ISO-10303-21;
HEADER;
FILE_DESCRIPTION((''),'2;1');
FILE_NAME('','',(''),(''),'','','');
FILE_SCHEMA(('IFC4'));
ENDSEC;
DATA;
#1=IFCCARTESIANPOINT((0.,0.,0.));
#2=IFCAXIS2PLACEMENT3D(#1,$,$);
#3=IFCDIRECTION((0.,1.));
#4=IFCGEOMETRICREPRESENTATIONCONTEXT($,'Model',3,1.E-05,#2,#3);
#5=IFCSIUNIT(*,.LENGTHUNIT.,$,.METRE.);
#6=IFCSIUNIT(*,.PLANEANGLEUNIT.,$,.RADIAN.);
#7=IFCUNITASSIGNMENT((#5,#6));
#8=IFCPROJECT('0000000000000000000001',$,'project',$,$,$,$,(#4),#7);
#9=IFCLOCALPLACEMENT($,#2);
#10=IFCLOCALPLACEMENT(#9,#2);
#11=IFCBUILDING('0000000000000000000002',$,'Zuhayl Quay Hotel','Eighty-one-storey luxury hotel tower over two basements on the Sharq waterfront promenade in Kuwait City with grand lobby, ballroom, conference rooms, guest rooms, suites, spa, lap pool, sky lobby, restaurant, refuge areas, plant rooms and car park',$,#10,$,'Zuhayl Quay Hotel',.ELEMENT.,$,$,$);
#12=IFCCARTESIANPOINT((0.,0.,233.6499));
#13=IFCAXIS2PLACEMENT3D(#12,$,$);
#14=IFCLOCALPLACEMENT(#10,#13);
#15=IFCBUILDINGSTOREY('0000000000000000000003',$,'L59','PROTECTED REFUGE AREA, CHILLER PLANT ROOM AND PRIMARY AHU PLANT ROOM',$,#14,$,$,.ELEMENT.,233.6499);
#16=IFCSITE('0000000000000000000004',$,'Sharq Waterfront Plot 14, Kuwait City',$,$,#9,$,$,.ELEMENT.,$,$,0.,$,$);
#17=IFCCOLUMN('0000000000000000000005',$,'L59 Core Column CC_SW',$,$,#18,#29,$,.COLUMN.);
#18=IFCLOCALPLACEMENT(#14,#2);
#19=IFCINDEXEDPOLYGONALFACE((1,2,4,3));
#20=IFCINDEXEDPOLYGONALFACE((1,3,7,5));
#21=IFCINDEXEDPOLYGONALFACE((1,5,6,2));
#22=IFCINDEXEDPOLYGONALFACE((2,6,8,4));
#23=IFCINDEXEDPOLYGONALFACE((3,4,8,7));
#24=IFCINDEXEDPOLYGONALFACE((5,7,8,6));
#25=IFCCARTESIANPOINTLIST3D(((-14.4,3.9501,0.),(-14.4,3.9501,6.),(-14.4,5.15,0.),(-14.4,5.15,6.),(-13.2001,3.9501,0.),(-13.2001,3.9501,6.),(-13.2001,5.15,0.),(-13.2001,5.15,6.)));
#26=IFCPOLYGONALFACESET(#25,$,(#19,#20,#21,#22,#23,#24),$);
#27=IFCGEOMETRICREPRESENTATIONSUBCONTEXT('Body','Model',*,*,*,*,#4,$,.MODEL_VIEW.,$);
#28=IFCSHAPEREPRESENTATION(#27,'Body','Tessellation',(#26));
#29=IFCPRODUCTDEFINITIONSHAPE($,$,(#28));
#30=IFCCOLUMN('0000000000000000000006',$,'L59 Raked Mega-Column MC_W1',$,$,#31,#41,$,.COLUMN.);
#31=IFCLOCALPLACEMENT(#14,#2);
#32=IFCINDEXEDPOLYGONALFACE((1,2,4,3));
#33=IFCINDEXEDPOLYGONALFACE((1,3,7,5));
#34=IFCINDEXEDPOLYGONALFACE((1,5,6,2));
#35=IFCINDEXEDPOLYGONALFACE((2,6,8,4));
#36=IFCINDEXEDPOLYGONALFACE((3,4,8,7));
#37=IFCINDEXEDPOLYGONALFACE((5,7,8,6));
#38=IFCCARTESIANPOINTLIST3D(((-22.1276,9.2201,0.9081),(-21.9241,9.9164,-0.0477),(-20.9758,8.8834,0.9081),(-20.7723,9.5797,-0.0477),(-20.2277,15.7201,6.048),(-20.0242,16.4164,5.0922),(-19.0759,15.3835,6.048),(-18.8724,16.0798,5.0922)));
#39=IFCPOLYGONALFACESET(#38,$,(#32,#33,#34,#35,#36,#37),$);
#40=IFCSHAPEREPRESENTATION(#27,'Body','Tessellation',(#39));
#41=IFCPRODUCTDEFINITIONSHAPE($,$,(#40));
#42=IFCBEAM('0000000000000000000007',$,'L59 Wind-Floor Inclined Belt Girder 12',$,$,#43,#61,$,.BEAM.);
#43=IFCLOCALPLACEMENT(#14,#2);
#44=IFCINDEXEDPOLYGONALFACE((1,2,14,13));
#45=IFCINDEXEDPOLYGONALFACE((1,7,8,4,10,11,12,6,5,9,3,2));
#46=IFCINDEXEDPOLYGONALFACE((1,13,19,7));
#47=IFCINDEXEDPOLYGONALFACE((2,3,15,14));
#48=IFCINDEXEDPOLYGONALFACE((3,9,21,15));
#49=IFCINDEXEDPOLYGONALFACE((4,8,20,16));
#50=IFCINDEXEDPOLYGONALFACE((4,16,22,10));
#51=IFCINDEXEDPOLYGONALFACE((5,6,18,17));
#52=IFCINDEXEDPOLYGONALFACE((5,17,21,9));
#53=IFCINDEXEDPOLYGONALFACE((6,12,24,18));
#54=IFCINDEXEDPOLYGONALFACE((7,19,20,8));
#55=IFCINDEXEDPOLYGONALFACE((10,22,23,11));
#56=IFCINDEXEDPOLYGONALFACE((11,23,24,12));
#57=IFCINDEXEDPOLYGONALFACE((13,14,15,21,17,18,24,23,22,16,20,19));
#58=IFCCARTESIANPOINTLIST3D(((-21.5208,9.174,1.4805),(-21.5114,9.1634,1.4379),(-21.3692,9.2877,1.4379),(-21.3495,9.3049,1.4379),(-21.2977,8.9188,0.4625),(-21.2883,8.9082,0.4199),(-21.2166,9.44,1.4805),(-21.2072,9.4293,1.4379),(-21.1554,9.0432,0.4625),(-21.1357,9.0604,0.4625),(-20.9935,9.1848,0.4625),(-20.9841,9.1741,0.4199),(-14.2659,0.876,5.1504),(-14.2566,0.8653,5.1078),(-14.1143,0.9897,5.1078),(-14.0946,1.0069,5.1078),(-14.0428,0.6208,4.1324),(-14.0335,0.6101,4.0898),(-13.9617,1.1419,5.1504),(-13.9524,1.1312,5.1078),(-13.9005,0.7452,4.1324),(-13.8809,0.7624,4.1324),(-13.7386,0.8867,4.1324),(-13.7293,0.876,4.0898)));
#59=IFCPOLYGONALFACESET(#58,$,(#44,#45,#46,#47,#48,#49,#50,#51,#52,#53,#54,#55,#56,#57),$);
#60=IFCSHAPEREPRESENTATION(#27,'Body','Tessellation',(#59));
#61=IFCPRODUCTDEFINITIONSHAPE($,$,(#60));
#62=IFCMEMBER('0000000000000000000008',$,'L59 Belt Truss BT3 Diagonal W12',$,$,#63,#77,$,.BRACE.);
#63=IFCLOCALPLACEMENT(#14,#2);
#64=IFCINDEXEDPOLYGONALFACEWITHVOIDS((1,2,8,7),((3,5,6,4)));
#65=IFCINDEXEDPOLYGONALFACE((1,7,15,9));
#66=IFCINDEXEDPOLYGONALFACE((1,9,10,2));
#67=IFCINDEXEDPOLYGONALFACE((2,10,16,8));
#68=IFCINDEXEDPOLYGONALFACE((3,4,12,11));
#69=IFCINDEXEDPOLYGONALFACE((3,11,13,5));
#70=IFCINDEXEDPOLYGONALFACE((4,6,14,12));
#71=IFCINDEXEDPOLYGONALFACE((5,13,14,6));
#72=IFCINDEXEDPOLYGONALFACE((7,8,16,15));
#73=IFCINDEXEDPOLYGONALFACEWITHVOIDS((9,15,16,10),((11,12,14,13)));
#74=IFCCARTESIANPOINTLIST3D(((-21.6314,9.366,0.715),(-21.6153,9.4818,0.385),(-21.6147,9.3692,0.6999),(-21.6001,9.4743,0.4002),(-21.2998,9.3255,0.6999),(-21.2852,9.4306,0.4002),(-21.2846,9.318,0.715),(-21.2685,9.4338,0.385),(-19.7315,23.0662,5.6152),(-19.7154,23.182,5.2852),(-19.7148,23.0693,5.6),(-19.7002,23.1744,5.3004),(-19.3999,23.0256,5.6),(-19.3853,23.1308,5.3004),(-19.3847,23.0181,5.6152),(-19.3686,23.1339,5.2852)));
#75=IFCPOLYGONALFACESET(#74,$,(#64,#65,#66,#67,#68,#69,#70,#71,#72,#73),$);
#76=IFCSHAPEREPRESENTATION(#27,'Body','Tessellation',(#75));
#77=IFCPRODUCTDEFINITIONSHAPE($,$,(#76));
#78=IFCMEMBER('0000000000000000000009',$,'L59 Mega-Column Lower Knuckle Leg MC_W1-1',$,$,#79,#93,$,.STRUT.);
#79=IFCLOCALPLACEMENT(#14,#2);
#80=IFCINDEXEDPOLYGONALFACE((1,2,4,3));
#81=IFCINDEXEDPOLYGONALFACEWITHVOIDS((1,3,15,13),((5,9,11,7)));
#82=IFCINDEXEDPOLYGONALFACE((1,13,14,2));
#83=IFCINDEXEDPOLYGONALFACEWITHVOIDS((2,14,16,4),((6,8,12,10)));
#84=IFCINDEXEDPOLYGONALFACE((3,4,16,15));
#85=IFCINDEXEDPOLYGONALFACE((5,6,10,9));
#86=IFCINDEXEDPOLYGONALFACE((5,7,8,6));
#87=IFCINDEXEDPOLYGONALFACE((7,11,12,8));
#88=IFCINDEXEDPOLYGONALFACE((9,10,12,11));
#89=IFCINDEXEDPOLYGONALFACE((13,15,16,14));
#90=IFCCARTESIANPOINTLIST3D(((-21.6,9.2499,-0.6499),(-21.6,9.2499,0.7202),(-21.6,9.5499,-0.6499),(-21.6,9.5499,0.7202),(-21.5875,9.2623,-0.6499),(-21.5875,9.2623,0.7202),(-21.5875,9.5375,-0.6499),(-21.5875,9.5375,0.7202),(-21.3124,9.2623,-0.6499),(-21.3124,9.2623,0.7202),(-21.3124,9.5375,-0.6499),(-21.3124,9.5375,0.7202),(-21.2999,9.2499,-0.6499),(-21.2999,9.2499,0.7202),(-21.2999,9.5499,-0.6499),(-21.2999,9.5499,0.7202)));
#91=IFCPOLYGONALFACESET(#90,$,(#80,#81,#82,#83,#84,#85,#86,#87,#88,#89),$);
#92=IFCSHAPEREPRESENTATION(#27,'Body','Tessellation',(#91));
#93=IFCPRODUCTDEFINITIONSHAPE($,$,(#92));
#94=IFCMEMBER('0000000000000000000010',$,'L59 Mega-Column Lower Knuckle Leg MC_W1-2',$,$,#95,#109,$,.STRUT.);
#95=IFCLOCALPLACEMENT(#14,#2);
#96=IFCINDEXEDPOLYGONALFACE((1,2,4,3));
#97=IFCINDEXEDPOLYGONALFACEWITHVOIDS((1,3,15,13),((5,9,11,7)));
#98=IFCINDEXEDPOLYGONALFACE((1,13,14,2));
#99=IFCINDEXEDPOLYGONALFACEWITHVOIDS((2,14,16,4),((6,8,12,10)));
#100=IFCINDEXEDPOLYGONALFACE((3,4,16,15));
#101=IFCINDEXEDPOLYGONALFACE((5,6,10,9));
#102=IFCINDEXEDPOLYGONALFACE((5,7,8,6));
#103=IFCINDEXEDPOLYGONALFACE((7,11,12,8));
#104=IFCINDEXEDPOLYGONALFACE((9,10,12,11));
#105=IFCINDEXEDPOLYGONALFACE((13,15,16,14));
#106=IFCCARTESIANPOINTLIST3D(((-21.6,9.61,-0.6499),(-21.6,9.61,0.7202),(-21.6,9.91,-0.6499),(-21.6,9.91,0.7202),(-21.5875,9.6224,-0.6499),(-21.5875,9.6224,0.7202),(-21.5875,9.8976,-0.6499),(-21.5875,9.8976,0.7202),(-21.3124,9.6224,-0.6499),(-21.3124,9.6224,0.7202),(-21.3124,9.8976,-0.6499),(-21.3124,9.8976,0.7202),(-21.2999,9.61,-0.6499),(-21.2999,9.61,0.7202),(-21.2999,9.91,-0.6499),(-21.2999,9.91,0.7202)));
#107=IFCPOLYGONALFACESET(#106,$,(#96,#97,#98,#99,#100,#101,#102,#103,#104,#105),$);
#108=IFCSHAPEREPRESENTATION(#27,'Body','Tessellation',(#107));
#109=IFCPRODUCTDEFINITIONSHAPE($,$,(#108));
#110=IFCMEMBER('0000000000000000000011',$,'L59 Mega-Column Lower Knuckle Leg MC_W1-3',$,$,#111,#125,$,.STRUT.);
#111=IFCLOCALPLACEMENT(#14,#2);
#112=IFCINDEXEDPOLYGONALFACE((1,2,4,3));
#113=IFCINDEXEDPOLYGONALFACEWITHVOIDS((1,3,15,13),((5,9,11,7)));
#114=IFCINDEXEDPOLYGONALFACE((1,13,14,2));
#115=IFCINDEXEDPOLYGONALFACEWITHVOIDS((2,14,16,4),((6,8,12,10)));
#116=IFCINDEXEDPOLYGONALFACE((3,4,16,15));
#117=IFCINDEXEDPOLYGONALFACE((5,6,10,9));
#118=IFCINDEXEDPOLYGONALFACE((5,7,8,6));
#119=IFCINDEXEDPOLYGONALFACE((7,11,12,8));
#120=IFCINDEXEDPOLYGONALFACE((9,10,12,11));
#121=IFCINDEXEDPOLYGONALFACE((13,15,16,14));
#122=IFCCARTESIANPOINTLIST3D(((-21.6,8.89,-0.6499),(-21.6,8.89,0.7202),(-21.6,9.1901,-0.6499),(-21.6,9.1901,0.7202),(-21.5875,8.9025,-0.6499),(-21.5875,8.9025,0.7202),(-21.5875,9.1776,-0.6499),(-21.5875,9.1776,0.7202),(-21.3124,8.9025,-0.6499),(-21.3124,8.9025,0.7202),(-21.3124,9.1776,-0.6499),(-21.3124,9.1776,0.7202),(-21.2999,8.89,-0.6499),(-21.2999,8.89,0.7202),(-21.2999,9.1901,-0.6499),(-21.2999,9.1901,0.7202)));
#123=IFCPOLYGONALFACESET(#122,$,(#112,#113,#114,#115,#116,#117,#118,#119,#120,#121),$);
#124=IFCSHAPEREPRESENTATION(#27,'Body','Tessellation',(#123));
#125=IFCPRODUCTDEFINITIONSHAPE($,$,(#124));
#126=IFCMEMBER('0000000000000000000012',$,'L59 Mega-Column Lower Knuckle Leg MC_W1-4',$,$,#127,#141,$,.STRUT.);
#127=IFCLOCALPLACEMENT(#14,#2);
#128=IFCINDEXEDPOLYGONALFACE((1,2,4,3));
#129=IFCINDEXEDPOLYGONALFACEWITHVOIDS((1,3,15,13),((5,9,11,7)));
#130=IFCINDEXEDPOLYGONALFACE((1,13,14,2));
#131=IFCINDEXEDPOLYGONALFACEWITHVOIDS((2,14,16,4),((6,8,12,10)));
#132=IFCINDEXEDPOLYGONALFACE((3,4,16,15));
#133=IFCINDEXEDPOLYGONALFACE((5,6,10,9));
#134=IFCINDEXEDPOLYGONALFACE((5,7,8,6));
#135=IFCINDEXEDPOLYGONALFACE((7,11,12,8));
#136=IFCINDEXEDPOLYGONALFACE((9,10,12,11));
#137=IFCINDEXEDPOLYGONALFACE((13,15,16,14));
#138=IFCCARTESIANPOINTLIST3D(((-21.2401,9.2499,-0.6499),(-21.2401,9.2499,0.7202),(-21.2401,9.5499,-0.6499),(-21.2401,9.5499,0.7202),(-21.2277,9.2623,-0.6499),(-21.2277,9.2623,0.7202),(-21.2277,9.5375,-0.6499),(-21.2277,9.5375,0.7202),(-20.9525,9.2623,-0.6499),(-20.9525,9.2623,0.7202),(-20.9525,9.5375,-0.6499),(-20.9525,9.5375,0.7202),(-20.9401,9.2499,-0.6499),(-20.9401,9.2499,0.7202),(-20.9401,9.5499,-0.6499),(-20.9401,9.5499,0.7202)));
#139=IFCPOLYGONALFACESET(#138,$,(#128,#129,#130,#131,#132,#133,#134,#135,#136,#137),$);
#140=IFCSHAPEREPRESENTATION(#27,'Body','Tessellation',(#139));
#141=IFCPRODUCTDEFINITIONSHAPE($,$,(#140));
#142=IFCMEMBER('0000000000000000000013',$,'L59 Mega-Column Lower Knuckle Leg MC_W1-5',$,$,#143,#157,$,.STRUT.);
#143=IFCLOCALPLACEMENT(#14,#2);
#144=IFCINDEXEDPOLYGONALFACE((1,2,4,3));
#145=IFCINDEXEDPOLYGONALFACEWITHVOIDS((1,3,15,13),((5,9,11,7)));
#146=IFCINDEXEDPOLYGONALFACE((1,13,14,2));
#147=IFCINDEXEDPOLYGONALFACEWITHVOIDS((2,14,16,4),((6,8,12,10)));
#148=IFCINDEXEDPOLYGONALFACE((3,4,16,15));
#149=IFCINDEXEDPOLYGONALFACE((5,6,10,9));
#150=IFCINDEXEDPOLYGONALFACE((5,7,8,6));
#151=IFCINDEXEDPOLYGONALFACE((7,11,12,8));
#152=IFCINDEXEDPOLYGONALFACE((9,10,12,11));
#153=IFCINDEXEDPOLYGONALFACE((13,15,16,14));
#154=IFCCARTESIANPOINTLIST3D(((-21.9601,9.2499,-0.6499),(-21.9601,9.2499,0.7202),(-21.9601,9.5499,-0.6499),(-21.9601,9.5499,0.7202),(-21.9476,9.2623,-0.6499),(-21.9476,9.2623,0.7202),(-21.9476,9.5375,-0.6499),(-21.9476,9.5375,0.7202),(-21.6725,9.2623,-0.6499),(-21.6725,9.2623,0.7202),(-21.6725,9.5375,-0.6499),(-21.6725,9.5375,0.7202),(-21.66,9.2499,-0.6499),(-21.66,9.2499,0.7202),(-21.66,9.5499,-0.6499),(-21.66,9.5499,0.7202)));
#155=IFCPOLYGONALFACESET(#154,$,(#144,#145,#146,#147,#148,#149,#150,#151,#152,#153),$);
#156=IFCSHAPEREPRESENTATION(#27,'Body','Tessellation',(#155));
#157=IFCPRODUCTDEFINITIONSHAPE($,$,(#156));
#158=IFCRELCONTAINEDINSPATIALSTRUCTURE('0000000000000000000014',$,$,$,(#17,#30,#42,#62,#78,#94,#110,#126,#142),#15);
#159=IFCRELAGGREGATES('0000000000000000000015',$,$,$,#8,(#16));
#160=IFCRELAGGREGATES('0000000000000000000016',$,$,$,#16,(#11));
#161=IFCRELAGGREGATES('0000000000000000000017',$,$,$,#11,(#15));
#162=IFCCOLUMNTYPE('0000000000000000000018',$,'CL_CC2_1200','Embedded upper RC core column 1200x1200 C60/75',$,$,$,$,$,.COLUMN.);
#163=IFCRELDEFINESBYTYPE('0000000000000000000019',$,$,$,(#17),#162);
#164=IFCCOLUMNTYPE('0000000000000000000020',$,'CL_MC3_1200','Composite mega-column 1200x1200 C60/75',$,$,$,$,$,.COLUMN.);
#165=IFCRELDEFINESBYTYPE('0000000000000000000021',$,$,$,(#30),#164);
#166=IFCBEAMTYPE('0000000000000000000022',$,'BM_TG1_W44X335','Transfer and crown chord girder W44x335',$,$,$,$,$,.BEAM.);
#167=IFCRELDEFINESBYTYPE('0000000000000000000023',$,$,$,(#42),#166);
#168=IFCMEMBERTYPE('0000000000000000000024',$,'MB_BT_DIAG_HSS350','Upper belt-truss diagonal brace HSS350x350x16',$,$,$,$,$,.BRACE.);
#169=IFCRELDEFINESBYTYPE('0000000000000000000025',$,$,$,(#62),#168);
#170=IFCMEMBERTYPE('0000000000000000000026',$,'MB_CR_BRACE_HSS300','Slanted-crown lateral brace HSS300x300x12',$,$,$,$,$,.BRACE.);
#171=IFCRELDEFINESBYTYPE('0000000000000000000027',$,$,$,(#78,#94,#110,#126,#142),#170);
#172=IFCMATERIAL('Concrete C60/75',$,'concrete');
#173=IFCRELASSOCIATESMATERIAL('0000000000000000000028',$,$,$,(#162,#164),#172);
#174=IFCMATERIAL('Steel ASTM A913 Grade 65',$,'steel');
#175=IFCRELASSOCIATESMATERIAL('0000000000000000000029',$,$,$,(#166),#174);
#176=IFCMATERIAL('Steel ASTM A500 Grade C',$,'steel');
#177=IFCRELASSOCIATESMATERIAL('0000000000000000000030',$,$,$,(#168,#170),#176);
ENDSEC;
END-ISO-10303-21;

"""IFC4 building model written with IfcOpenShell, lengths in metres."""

from ifc_helpers import new_model, si_unit, direction, frame, origin, origin_2d, place, context, subcontext, project, spatial, rectangle, hollow_rectangle, i_section, extrude, material, material_profile, profile_set, type_object, element, save


model = new_model("IFC4")

# Units and contexts
model_context = context("Model", 3, precision=1e-05, world=origin(), true_north=direction((0.0, 1.0)))
body_context = subcontext(model_context, "Body", "Model", "MODEL_VIEW")
ifc_project = project(units=[si_unit("LENGTHUNIT", "METRE"), si_unit("PLANEANGLEUNIT", "RADIAN")], contexts=[model_context])

# Site, building, storey
site_placement = place(None, origin())
site = spatial("IfcSite", under=ifc_project, at=site_placement, Name="Sharq Waterfront Plot 14, Kuwait City", CompositionType="ELEMENT", RefElevation=0.0)
building_placement = place(site_placement, origin())
building = spatial("IfcBuilding", under=site, at=building_placement, Name="Zuhayl Quay Hotel", Description="Eighty-one-storey luxury hotel tower over two basements on the Sharq waterfront promenade in Kuwait City with grand lobby, ballroom, conference rooms, guest rooms, suites, spa, lap pool, sky lobby, restaurant, refuge areas, plant rooms and car park", LongName="Zuhayl Quay Hotel", CompositionType="ELEMENT")
storey_placement = place(building_placement, frame((0.0, 0.0, 233.6499)))
storey = spatial("IfcBuildingStorey", under=building, at=storey_placement, Name="L59", Description="PROTECTED REFUGE AREA, CHILLER PLANT ROOM AND PRIMARY AHU PLANT ROOM", CompositionType="ELEMENT", Elevation=233.6499)

# Columns
ifc_material_1 = material(Name="Concrete C60/75", Category="concrete")
ifc_material_profile_1 = material_profile(ifc_material_1, rectangle(XDim=1.2, YDim=1.2, at=origin_2d()), Name="RC1200X1200")
ifc_profile_set_1 = profile_set([ifc_material_profile_1], Name="Concrete C60/75")
column_type_1 = type_object("IfcColumnType", Name="CL_CC2_1200", Description="Embedded upper RC core column 1200x1200 C60/75", PredefinedType="COLUMN", material=ifc_profile_set_1)
column_1_placement = place(storey_placement, frame((-13.8, 4.55, 0.0), z_axis=(0.0, 0.0, 1.0), x_axis=(1.0, 0.0, 0.0)))
element("IfcColumn", 1, at=column_1_placement, inside=storey, type_object=column_type_1, Name="L59 Core Column CC_SW", PredefinedType="COLUMN", context=body_context, shape_type="SweptSolid", body=[
    extrude(rectangle(XDim=1.2, YDim=1.2, at=origin_2d()), origin(), (0.0, 0.0, 1.0), 6.0),
])
ifc_material_profile_2 = material_profile(ifc_material_1, rectangle(XDim=1.2, YDim=1.2, at=origin_2d()), Name="RC1200X1200")
ifc_profile_set_2 = profile_set([ifc_material_profile_2], Name="Concrete C60/75")
column_type_2 = type_object("IfcColumnType", Name="CL_MC3_1200", Description="Composite mega-column 1200x1200 C60/75", PredefinedType="COLUMN", material=ifc_profile_set_2)
column_2_placement = place(storey_placement, frame((-21.45, 9.3999, 0.4302), z_axis=(0.223474, 0.764557, 0.604576), x_axis=(-0.959838, 0.280554, 0.0)))
element("IfcColumn", 2, at=column_2_placement, inside=storey, type_object=column_type_2, Name="L59 Raked Mega-Column MC_W1", PredefinedType="COLUMN", context=body_context, shape_type="SweptSolid", body=[
    extrude(rectangle(XDim=1.2, YDim=1.2, at=origin_2d()), origin(), (0.0, 0.0, 1.0), 8.5017),
])

# Beam
ifc_material_2 = material(Name="Steel ASTM A913 Grade 65", Category="steel")
ifc_material_profile_3 = material_profile(ifc_material_2, i_section(OverallWidth=0.4041, OverallDepth=1.1179, WebThickness=0.0261, FlangeThickness=0.0449, at=origin_2d()), Name="W44X335")
ifc_profile_set_3 = profile_set([ifc_material_profile_3], Name="Steel ASTM A913 Grade 65")
beam_type = type_object("IfcBeamType", Name="BM_TG1_W44X335", Description="Transfer and crown chord girder W44x335", PredefinedType="BEAM", material=ifc_profile_set_3)
beam_placement = place(storey_placement, frame((-21.2524, 9.1741, 0.9502), z_axis=(0.624493, -0.714292, 0.315903), x_axis=(0.752844, 0.658199, 0.0)))
element("IfcBeam", 3, at=beam_placement, inside=storey, type_object=beam_type, Name="L59 Wind-Floor Inclined Belt Girder 12", PredefinedType="BEAM", context=body_context, shape_type="SweptSolid", body=[
    extrude(i_section(OverallWidth=0.4041, OverallDepth=1.1179, WebThickness=0.0261, FlangeThickness=0.0449, at=origin_2d()), origin(), (0.0, 0.0, 1.0), 11.6172),
])

# Members
ifc_material_3 = material(Name="Steel ASTM A500 Grade C", Category="steel")
ifc_material_profile_4 = material_profile(ifc_material_3, hollow_rectangle(XDim=0.3501, YDim=0.3501, WallThickness=0.0161, at=origin_2d()), Name="HSS350X350X16")
ifc_profile_set_4 = profile_set([ifc_material_profile_4], Name="Steel ASTM A500 Grade C")
member_type_1 = type_object("IfcMemberType", Name="MB_BT_DIAG_HSS350", Description="Upper belt-truss diagonal brace HSS350x350x16", PredefinedType="BRACE", material=ifc_profile_set_4)
member_1_placement = place(storey_placement, frame((-21.45, 9.3999, 0.55), z_axis=(0.129477, 0.933659, 0.333942), x_axis=(-0.990521, 0.137362, 0.0)))
element("IfcMember", 4, at=member_1_placement, inside=storey, type_object=member_type_1, Name="L59 Belt Truss BT3 Diagonal W12", PredefinedType="BRACE", context=body_context, shape_type="SweptSolid", body=[
    extrude(hollow_rectangle(XDim=0.3501, YDim=0.3501, WallThickness=0.0161, at=origin_2d()), origin(), (0.0, 0.0, 1.0), 14.6736),
])
ifc_material_profile_5 = material_profile(ifc_material_3, hollow_rectangle(XDim=0.3, YDim=0.3, WallThickness=0.0125, at=origin_2d()), Name="HSS300X300X12")
ifc_profile_set_5 = profile_set([ifc_material_profile_5], Name="Steel ASTM A500 Grade C")
member_type_2 = type_object("IfcMemberType", Name="MB_CR_BRACE_HSS300", Description="Slanted-crown lateral brace HSS300x300x12", PredefinedType="BRACE", material=ifc_profile_set_5)
for number, where, z_axis, x_axis, name in (
    (5, (-21.45, 9.3999, -0.6499), (0.0, 0.0, 1.0), (1.0, 0.0, 0.0), "L59 Mega-Column Lower Knuckle Leg MC_W1-1"),
    (6, (-21.45, 9.76, -0.6499), (0.0, 0.0, 1.0), (1.0, 0.0, 0.0), "L59 Mega-Column Lower Knuckle Leg MC_W1-2"),
    (7, (-21.45, 9.04, -0.6499), (0.0, 0.0, 1.0), (1.0, 0.0, 0.0), "L59 Mega-Column Lower Knuckle Leg MC_W1-3"),
    (8, (-21.0901, 9.3999, -0.6499), (0.0, 0.0, 1.0), (1.0, 0.0, 0.0), "L59 Mega-Column Lower Knuckle Leg MC_W1-4"),
    (9, (-21.8101, 9.3999, -0.6499), (0.0, 0.0, 1.0), (1.0, 0.0, 0.0), "L59 Mega-Column Lower Knuckle Leg MC_W1-5"),
):
    element("IfcMember", number, at=place(storey_placement, frame(where, z_axis=z_axis, x_axis=x_axis)), inside=storey, type_object=member_type_2, Name=name, PredefinedType="STRUT", context=body_context, shape_type="SweptSolid", body=[
        extrude(hollow_rectangle(XDim=0.3, YDim=0.3, WallThickness=0.0125, at=origin_2d()), origin(), (0.0, 0.0, 1.0), 1.3701),
    ])

save(model, "model.ifc")
